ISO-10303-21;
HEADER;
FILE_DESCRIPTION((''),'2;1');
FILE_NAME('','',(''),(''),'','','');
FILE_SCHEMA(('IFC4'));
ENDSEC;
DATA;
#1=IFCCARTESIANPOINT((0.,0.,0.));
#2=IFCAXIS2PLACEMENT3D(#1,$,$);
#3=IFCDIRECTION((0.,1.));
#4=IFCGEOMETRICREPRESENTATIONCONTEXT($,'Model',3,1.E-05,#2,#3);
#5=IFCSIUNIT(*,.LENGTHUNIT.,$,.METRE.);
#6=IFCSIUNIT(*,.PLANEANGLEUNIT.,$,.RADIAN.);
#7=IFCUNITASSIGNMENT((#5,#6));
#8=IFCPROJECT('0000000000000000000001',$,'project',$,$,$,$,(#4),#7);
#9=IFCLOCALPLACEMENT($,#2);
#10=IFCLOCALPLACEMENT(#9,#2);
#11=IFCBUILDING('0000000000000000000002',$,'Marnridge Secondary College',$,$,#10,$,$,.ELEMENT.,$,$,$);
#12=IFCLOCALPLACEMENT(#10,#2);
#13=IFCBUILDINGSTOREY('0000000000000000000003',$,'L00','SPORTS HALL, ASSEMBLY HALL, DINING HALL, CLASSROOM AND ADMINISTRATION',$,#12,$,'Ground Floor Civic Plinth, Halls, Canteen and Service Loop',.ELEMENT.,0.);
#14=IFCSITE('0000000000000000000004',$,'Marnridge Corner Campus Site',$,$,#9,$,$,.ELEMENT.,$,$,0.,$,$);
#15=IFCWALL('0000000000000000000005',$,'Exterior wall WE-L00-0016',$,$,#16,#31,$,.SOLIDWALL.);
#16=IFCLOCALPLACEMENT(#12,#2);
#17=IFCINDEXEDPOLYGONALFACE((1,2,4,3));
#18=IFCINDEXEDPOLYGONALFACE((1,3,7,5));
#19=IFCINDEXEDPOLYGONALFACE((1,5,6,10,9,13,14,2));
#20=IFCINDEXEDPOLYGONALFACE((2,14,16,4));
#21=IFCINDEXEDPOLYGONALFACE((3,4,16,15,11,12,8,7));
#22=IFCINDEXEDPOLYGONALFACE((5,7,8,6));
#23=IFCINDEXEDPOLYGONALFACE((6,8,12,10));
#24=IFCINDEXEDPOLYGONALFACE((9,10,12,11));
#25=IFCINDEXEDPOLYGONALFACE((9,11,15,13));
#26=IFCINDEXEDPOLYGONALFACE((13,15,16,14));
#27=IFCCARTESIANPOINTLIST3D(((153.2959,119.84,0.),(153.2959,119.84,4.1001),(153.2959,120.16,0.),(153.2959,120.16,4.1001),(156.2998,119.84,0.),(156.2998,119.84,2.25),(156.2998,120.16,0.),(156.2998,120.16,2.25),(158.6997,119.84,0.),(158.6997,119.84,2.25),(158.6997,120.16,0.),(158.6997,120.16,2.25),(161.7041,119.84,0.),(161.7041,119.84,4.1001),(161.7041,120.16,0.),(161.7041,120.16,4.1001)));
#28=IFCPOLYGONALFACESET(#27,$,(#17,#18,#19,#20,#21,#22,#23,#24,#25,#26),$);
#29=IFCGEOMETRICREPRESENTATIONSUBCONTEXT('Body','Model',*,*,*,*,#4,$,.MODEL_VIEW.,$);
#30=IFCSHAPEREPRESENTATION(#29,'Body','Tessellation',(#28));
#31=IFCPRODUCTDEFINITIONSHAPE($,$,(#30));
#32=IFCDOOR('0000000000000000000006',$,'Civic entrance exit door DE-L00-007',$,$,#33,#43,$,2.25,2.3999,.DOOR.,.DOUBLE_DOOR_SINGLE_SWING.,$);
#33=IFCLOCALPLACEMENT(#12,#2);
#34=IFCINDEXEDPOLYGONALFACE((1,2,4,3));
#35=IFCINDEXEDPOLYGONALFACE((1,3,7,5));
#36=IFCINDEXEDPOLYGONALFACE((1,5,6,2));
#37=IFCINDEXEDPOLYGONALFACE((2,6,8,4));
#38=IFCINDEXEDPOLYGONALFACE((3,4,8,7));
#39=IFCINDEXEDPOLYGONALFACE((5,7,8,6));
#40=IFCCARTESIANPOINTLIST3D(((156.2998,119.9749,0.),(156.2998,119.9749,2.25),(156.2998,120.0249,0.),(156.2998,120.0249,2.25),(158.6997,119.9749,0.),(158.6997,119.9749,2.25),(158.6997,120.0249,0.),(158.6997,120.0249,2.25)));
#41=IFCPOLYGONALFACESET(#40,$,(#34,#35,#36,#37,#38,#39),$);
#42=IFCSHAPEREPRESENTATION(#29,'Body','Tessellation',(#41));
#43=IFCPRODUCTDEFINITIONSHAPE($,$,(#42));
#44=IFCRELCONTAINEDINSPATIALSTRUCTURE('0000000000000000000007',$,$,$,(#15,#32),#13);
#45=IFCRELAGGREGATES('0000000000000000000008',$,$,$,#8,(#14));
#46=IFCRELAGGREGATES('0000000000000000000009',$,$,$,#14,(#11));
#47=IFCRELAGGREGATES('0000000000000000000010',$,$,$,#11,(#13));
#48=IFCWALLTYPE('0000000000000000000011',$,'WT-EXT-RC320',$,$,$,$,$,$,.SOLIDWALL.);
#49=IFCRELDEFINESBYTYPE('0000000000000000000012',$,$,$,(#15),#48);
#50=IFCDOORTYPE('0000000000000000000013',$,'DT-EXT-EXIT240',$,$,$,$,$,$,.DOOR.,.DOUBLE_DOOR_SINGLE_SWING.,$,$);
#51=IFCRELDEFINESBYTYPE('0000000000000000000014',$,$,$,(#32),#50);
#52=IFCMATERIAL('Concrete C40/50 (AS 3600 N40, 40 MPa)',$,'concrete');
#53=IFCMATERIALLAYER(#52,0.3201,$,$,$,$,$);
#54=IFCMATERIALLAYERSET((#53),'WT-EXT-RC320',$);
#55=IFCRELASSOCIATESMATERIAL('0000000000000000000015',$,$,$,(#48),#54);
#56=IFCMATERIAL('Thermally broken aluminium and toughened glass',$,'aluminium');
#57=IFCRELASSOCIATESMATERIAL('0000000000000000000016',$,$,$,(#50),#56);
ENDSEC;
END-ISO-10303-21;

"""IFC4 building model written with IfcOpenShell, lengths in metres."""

from ifc_helpers import new_model, si_unit, direction, frame, frame_2d, origin, place, context, subcontext, project, spatial, rectangle, extrude, material, layer, layer_set, type_object, element, fill, save


model = new_model("IFC4")

# Units and contexts
model_context = context("Model", 3, precision=1e-05, world=origin(), true_north=direction((0.0, 1.0)))
body_context = subcontext(model_context, "Body", "Model", "MODEL_VIEW")
ifc_project = project(units=[si_unit("LENGTHUNIT", "METRE"), si_unit("PLANEANGLEUNIT", "RADIAN")], contexts=[model_context])

# Site, building, storey
site_placement = place(None, origin())
site = spatial("IfcSite", under=ifc_project, at=site_placement, Name="Marnridge Corner Campus Site", CompositionType="ELEMENT", RefElevation=0.0)
building_placement = place(site_placement, origin())
building = spatial("IfcBuilding", under=site, at=building_placement, Name="Marnridge Secondary College", CompositionType="ELEMENT")
storey_placement = place(building_placement, origin())
storey = spatial("IfcBuildingStorey", under=building, at=storey_placement, Name="L00", Description="SPORTS HALL, ASSEMBLY HALL, DINING HALL, CLASSROOM AND ADMINISTRATION", LongName="Ground Floor Civic Plinth, Halls, Canteen and Service Loop", CompositionType="ELEMENT", Elevation=0.0)

# Shared definitions
ifc_material_1 = material(Name="Concrete C40/50 (AS 3600 N40, 40 MPa)", Category="concrete")
ifc_layer = layer(ifc_material_1, 0.3201)
ifc_layer_set = layer_set([ifc_layer], Name="WT-EXT-RC320")
wall_type = type_object("IfcWallType", Name="WT-EXT-RC320", PredefinedType="SOLIDWALL", material=ifc_layer_set)
ifc_material_2 = material(Name="Thermally broken aluminium and toughened glass", Category="aluminium")
door_type = type_object("IfcDoorType", Name="DT-EXT-EXIT240", OperationType="DOUBLE_DOOR_SINGLE_SWING", PredefinedType="DOOR", material=ifc_material_2)

# Wall, opening, door
wall_1_placement = place(storey_placement, frame((153.2959, 120.0, 0.0), z_axis=(0.0, 0.0, 1.0), x_axis=(1.0, 0.0, 0.0)))
wall_1 = element("IfcWall", 1, at=wall_1_placement, inside=storey, type_object=wall_type, Name="Exterior wall WE-L00-0016", PredefinedType="SOLIDWALL", context=body_context, shape_type="SweptSolid", body=[
    extrude(rectangle(XDim=8.4082, YDim=0.3201, at=frame_2d((4.2041, 0.0))), origin(), (0.0, 0.0, 1.0), 4.1001),
])
opening_1_placement = place(wall_1_placement, frame((3.0039, 0.0, 0.0)))
opening_1 = element("IfcOpeningElement", 2, at=opening_1_placement, cuts=wall_1, PredefinedType="OPENING", context=body_context, shape_type="SweptSolid", body=[
    extrude(rectangle(XDim=2.3999, YDim=2.25, at=frame_2d((1.2, 1.125))), frame((0.0, 0.1699, 0.0), z_axis=(0.0, -1.0, 0.0), x_axis=(1.0, 0.0, 0.0)), (0.0, 0.0, 1.0), 0.3401),
])
door_1_placement = place(opening_1_placement, origin())
door_1 = element("IfcDoor", 3, at=door_1_placement, inside=storey, type_object=door_type, Name="Civic entrance exit door DE-L00-007", OperationType="DOUBLE_DOOR_SINGLE_SWING", OverallHeight=2.25, OverallWidth=2.3999, PredefinedType="DOOR", context=body_context, shape_type="SweptSolid", body=[
    extrude(rectangle(XDim=2.3999, YDim=2.25, at=frame_2d((1.2, 1.125))), frame((0.0, 0.0249, 0.0), z_axis=(0.0, -1.0, 0.0), x_axis=(1.0, 0.0, 0.0)), (0.0, 0.0, 1.0), 0.05),
])
fill(opening_1, door_1)

save(model, "model.ifc")
